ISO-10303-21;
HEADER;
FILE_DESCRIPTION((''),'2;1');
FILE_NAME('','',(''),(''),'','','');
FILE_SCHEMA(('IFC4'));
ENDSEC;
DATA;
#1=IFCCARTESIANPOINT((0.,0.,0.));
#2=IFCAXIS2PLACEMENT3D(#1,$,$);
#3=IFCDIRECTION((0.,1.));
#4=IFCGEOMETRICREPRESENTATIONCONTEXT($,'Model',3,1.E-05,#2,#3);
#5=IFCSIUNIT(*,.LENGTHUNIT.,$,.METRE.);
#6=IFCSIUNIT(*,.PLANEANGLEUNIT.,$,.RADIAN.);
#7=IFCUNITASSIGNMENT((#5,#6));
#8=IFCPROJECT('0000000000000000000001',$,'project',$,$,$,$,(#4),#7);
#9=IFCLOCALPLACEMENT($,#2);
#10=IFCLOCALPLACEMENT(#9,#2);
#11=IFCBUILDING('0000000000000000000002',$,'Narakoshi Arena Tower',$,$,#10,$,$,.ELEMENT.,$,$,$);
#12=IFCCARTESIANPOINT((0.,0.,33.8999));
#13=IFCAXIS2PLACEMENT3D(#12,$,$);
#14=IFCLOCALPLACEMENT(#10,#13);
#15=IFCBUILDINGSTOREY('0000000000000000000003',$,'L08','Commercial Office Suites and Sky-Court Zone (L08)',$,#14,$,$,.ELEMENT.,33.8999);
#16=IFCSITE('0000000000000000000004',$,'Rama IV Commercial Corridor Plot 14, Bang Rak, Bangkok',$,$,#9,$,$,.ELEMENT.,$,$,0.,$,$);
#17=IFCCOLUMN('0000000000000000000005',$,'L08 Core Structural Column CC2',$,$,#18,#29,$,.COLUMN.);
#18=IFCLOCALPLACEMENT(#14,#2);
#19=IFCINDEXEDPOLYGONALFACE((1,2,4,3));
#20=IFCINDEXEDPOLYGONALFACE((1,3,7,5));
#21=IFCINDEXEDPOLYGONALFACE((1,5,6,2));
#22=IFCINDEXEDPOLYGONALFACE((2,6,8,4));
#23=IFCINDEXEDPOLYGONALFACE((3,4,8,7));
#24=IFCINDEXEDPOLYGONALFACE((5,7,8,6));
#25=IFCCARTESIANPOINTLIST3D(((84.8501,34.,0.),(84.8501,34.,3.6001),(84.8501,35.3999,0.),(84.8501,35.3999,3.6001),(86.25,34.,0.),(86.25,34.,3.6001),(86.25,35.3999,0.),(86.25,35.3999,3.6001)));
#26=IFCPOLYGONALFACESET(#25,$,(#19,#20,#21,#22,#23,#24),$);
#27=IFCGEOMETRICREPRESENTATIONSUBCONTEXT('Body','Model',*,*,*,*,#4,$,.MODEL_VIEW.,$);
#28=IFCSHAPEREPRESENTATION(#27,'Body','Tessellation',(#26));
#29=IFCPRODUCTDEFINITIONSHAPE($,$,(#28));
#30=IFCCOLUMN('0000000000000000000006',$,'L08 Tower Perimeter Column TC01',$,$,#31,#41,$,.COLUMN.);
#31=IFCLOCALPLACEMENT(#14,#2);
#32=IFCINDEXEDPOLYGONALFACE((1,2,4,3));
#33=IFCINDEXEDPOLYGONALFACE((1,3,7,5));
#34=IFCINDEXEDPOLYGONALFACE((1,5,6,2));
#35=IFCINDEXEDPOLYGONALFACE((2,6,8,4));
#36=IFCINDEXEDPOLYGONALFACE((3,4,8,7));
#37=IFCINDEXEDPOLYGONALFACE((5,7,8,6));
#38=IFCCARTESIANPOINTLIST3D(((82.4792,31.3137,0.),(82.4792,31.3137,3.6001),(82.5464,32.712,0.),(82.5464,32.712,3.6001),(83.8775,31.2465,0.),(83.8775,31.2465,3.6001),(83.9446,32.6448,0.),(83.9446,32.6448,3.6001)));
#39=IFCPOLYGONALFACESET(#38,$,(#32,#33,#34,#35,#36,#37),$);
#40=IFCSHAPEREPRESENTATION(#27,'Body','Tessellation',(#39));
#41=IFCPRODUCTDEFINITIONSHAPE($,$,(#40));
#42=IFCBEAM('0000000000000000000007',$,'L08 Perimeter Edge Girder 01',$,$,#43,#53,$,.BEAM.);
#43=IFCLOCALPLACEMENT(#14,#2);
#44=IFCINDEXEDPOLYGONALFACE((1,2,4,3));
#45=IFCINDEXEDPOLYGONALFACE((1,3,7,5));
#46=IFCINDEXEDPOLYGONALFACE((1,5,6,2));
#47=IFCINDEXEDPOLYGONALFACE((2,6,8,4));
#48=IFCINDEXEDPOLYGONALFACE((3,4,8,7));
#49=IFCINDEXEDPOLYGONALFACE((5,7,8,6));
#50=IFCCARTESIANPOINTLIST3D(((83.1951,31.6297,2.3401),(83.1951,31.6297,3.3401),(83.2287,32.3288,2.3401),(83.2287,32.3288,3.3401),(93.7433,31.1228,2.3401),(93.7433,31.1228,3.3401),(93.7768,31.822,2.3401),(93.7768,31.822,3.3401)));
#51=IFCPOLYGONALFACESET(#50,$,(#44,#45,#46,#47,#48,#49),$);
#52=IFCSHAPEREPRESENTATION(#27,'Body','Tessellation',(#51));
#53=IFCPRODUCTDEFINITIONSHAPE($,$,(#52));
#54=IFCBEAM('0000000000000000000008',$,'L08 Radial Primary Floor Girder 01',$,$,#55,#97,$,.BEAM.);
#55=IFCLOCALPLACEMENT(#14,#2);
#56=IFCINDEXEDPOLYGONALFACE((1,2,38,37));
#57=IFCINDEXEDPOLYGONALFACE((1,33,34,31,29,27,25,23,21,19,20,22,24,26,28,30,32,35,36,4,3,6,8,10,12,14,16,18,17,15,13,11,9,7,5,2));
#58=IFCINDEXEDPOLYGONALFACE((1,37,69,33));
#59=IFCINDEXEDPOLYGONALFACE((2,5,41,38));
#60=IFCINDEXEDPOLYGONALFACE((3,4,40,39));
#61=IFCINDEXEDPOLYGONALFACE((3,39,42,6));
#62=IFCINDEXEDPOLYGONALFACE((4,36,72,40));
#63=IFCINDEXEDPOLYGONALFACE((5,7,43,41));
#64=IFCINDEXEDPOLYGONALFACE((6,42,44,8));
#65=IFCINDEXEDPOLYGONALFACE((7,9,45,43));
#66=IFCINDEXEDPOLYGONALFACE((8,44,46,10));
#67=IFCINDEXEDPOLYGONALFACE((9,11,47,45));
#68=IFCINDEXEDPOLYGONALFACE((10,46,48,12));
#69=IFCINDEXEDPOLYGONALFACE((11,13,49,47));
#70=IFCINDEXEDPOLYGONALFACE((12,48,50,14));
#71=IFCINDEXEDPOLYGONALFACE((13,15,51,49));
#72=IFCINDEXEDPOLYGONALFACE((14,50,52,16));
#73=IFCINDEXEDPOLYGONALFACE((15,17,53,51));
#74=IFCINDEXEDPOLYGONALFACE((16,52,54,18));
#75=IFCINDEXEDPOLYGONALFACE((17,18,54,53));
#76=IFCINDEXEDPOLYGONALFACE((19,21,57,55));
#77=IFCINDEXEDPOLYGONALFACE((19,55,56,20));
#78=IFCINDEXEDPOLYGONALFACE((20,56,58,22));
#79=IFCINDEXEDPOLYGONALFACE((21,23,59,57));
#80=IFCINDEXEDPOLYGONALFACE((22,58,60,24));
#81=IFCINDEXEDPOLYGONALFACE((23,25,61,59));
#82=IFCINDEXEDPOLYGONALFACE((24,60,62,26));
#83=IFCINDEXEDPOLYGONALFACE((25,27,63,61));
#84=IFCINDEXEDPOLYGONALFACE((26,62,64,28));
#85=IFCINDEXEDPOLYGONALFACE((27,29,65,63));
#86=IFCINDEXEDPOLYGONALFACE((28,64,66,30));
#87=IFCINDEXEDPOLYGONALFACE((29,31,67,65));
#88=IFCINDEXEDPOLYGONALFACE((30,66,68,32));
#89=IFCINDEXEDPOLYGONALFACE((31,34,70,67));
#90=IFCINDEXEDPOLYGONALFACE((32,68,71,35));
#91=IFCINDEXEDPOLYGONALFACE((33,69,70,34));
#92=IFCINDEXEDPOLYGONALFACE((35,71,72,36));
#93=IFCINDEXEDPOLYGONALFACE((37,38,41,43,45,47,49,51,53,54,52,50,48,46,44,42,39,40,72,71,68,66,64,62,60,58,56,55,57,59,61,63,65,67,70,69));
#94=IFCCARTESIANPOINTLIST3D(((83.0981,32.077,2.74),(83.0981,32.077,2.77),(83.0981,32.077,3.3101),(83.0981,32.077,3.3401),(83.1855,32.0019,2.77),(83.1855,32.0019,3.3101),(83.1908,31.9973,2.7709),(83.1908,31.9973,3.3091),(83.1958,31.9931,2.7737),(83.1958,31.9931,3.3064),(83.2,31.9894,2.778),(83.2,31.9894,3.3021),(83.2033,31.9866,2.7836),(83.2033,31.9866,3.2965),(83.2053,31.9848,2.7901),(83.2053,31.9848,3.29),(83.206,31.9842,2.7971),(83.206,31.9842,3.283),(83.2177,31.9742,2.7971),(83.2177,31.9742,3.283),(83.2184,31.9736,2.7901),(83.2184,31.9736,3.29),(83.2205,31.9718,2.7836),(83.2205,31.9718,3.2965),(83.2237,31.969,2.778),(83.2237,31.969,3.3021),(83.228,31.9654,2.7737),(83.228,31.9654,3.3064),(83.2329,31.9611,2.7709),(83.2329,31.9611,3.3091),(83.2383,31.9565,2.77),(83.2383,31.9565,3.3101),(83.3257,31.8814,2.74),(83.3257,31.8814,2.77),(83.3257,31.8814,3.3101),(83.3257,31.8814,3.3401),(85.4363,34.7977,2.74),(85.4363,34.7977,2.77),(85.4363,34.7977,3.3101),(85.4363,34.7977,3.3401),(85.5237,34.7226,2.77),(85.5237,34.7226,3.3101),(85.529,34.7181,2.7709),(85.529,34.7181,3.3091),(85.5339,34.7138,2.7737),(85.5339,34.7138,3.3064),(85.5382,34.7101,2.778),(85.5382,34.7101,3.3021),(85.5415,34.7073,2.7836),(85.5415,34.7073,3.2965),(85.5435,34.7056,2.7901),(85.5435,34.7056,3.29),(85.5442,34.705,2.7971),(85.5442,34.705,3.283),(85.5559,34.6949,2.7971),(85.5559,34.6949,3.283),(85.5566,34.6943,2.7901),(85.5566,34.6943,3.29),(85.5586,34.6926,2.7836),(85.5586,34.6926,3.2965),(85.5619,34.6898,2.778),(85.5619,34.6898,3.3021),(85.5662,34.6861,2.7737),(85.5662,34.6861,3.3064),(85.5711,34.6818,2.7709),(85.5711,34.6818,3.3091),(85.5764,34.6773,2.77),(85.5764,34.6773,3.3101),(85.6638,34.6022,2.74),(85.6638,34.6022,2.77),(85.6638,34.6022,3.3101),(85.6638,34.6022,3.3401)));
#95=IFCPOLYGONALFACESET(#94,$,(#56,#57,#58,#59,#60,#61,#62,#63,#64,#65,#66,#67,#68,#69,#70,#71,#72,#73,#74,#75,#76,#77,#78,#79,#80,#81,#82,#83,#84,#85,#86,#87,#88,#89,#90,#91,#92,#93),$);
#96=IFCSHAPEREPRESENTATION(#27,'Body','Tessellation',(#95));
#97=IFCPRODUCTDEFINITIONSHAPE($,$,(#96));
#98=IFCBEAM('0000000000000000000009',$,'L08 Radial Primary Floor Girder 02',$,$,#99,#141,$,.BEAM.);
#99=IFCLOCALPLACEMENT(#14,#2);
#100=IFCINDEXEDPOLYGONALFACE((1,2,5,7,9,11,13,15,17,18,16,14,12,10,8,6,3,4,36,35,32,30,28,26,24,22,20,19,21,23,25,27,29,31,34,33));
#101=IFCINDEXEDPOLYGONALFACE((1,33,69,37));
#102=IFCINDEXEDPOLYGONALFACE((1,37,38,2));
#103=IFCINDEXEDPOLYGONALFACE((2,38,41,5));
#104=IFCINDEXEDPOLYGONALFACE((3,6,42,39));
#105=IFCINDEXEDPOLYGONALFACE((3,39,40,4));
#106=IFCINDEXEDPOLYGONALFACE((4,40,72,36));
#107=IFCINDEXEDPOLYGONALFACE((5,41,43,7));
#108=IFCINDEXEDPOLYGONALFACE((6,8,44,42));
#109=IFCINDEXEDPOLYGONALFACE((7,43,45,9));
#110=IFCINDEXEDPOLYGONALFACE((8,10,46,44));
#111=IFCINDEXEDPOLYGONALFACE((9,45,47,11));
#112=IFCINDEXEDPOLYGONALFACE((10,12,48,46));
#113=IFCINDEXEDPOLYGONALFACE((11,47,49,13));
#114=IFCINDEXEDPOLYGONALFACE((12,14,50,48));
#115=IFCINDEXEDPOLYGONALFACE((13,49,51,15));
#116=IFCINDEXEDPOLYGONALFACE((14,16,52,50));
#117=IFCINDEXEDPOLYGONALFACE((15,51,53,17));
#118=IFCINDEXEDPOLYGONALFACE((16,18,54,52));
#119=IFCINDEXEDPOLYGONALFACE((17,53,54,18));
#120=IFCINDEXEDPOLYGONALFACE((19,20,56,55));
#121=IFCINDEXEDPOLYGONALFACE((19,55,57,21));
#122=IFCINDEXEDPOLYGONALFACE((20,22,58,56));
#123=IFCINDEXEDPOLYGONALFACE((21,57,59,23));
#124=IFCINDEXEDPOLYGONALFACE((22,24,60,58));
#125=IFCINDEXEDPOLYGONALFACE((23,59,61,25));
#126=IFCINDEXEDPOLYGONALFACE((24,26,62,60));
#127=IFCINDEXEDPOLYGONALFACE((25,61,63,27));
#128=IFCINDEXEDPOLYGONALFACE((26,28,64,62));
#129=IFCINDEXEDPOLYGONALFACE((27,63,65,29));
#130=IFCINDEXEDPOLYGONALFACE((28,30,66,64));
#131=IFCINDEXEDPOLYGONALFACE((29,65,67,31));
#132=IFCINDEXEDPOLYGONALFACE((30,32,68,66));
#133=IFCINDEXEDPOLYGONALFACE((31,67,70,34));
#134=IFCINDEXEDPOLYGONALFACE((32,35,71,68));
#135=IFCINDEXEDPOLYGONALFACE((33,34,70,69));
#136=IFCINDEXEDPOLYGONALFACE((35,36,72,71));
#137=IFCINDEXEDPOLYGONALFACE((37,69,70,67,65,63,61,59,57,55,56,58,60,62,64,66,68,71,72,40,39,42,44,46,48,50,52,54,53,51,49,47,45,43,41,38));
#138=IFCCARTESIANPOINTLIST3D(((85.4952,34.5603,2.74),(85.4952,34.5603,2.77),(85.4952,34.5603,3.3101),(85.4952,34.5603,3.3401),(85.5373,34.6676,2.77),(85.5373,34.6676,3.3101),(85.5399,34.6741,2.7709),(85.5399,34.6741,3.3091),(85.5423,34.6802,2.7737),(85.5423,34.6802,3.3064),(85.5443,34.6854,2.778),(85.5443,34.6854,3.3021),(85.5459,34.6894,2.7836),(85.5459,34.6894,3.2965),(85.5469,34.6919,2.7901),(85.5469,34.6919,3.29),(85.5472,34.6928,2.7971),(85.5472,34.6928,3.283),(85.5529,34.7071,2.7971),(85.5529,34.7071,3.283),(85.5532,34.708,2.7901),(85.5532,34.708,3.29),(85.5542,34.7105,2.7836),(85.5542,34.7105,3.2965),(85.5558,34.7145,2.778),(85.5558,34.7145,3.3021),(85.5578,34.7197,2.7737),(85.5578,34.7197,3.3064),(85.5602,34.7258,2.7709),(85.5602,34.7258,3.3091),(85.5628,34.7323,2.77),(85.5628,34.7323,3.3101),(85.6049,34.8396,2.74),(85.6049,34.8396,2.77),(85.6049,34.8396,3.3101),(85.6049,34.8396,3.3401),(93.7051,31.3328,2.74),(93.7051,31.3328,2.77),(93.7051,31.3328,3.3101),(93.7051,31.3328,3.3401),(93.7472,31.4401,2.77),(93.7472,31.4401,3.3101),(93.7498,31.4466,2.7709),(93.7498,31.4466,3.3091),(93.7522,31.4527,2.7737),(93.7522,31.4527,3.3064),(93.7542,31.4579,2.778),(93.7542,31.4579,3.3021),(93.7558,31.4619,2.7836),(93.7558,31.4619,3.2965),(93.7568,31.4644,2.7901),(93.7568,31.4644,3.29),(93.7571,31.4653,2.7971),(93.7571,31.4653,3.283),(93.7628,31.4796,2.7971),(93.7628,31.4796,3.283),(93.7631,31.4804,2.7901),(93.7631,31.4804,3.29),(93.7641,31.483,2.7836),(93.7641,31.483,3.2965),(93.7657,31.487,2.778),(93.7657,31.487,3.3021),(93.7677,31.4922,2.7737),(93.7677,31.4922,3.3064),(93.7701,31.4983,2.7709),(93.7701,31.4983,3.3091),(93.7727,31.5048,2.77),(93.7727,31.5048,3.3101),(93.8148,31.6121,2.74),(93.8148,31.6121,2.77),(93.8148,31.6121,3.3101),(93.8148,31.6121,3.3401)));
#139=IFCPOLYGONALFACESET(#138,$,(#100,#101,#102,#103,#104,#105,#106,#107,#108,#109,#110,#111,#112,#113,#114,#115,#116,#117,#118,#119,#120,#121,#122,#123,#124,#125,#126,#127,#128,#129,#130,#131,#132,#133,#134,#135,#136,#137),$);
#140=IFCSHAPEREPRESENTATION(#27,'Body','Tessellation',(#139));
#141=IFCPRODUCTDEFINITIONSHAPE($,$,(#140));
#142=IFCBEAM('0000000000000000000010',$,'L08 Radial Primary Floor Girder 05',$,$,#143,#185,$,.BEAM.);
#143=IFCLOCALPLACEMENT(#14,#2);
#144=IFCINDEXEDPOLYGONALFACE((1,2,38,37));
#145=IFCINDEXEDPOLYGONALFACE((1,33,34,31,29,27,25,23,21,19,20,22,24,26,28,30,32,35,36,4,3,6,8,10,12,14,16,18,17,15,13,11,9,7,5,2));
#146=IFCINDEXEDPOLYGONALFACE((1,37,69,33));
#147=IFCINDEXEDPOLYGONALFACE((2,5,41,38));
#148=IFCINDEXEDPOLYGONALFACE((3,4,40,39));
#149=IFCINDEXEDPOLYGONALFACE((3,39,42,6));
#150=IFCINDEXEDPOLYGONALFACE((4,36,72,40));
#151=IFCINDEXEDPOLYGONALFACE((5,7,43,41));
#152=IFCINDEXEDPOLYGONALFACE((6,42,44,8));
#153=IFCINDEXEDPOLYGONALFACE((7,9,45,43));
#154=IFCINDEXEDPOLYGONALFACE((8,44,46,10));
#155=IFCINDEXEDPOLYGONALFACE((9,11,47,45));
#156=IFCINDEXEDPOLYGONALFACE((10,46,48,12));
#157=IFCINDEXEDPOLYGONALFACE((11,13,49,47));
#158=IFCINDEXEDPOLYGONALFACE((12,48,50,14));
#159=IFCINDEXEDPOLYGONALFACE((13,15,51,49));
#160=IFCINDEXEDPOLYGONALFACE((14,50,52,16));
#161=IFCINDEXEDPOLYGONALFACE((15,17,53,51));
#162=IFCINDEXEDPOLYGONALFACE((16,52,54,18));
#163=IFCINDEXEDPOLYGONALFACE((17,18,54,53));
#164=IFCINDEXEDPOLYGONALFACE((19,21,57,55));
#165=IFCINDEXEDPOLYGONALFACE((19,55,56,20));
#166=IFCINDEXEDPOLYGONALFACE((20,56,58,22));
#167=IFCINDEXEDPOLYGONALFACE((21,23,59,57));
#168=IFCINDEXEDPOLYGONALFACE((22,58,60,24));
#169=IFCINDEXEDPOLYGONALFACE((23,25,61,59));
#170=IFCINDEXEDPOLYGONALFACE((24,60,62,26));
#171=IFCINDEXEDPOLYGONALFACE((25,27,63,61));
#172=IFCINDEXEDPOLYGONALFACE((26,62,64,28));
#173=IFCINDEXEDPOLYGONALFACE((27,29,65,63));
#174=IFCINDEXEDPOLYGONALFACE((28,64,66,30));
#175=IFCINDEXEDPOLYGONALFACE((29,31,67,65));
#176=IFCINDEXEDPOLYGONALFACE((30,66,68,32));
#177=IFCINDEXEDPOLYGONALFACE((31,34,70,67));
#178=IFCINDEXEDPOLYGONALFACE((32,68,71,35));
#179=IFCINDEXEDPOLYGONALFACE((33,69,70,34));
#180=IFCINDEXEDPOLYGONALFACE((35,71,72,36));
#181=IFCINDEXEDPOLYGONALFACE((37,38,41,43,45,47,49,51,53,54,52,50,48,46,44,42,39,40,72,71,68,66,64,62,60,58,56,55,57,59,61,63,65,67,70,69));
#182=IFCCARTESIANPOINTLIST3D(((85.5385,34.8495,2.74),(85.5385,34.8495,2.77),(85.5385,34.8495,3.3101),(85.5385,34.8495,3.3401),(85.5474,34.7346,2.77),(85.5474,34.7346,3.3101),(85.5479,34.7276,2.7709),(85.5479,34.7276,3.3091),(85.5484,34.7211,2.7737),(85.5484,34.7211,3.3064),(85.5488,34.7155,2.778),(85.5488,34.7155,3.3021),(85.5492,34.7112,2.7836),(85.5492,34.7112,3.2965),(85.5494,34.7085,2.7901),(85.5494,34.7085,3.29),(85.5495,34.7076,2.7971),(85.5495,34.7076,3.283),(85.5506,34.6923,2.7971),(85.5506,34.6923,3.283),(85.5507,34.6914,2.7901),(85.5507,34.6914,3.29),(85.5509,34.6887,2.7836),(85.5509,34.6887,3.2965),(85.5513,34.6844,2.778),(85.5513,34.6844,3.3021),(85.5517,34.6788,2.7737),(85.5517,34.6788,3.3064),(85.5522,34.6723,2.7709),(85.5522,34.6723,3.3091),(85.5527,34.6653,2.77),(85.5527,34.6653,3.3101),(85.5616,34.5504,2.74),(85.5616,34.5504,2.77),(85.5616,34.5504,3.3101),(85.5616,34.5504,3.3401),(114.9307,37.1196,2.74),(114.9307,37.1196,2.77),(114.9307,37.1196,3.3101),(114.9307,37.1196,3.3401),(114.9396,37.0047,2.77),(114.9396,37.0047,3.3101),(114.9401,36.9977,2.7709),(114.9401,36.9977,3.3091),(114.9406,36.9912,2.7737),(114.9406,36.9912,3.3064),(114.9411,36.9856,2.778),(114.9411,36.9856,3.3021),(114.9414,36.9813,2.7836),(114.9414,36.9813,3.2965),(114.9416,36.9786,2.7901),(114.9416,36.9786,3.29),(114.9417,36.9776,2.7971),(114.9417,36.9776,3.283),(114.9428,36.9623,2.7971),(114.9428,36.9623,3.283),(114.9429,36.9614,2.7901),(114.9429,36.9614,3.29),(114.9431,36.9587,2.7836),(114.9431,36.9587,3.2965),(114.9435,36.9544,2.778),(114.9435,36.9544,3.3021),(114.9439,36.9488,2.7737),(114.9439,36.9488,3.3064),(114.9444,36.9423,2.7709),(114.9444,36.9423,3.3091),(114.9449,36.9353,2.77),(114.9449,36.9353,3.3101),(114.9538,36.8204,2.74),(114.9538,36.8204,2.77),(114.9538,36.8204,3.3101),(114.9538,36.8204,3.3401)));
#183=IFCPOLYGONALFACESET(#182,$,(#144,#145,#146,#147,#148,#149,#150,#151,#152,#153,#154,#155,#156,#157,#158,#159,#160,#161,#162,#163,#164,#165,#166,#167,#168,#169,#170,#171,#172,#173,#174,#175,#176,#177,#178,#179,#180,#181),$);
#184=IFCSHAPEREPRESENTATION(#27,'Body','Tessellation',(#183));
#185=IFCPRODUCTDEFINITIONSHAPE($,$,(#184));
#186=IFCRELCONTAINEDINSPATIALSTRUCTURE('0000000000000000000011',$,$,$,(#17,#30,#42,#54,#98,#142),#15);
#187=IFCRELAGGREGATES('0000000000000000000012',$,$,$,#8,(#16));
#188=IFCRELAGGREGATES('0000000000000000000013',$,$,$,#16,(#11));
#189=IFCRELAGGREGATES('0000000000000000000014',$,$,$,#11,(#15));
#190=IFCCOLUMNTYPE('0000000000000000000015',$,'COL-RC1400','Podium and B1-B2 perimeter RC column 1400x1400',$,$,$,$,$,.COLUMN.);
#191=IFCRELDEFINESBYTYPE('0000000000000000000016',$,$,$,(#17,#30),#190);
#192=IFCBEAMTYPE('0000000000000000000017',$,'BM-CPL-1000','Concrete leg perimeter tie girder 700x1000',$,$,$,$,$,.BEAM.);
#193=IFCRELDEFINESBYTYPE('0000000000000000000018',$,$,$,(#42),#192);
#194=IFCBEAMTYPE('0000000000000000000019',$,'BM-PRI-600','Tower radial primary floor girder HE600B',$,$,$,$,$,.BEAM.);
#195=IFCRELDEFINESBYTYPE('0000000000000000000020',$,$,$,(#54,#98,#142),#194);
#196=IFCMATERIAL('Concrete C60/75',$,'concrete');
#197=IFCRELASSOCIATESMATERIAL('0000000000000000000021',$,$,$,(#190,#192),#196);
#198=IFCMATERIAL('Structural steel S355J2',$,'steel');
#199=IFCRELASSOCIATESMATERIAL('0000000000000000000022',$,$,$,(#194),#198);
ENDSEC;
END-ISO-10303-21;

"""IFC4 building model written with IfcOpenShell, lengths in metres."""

from ifc_helpers import new_model, si_unit, direction, frame, origin, origin_2d, place, context, subcontext, project, spatial, rectangle, i_section, extrude, material, material_profile, profile_set, type_object, element, save


model = new_model("IFC4")

# Units and contexts
model_context = context("Model", 3, precision=1e-05, world=origin(), true_north=direction((0.0, 1.0)))
body_context = subcontext(model_context, "Body", "Model", "MODEL_VIEW")
ifc_project = project(units=[si_unit("LENGTHUNIT", "METRE"), si_unit("PLANEANGLEUNIT", "RADIAN")], contexts=[model_context])

# Site, building, storey
site_placement = place(None, origin())
site = spatial("IfcSite", under=ifc_project, at=site_placement, Name="Rama IV Commercial Corridor Plot 14, Bang Rak, Bangkok", CompositionType="ELEMENT", RefElevation=0.0)
building_placement = place(site_placement, origin())
building = spatial("IfcBuilding", under=site, at=building_placement, Name="Narakoshi Arena Tower", CompositionType="ELEMENT")
storey_placement = place(building_placement, frame((0.0, 0.0, 33.8999)))
storey = spatial("IfcBuildingStorey", under=building, at=storey_placement, Name="L08", Description="Commercial Office Suites and Sky-Court Zone (L08)", CompositionType="ELEMENT", Elevation=33.8999)

# Columns
ifc_material_1 = material(Name="Concrete C60/75", Category="concrete")
ifc_material_profile_1 = material_profile(ifc_material_1, rectangle(XDim=1.3999, YDim=1.3999, at=origin_2d()), Name="RC1400x1400")
ifc_profile_set_1 = profile_set([ifc_material_profile_1], Name="Concrete C60/75")
column_type = type_object("IfcColumnType", Name="COL-RC1400", Description="Podium and B1-B2 perimeter RC column 1400x1400", PredefinedType="COLUMN", material=ifc_profile_set_1)
for number, where, z_axis, x_axis, name in (
    (1, (85.55, 34.7, 0.0), (0.0, 0.0, 1.0), (1.0, 0.0, 0.0), "L08 Core Structural Column CC2"),
    (2, (83.2119, 31.9792, 0.0), (0.0, 0.0, 1.0), (-0.998848, 0.047978, 0.0), "L08 Tower Perimeter Column TC01"),
):
    element("IfcColumn", number, at=place(storey_placement, frame(where, z_axis=z_axis, x_axis=x_axis)), inside=storey, type_object=column_type, Name=name, PredefinedType="COLUMN", context=body_context, shape_type="SweptSolid", body=[
        extrude(rectangle(XDim=1.3999, YDim=1.3999, at=origin_2d()), origin(), (0.0, 0.0, 1.0), 3.6001),
    ])

# Beams
ifc_material_profile_2 = material_profile(ifc_material_1, rectangle(XDim=0.7, YDim=1.0, at=origin_2d()), Name="RCB700x1000")
ifc_profile_set_2 = profile_set([ifc_material_profile_2], Name="Concrete C60/75")
beam_type_1 = type_object("IfcBeamType", Name="BM-CPL-1000", Description="Concrete leg perimeter tie girder 700x1000", PredefinedType="BEAM", material=ifc_profile_set_2)
beam_1_placement = place(storey_placement, frame((83.2119, 31.9792, 2.8401), z_axis=(0.998848, -0.047995, 0.0), x_axis=(0.047995, 0.998848, 0.0)))
element("IfcBeam", 3, at=beam_1_placement, inside=storey, type_object=beam_type_1, Name="L08 Perimeter Edge Girder 01", PredefinedType="BEAM", context=body_context, shape_type="SweptSolid", body=[
    extrude(rectangle(XDim=0.7, YDim=1.0, at=origin_2d()), origin(), (0.0, 0.0, 1.0), 10.5603),
])
ifc_material_2 = material(Name="Structural steel S355J2", Category="steel")
ifc_material_profile_3 = material_profile(ifc_material_2, i_section(OverallWidth=0.3, OverallDepth=0.6001, WebThickness=0.0154, FlangeThickness=0.03, FilletRadius=0.0271, at=origin_2d()), Name="HE600B")
ifc_profile_set_3 = profile_set([ifc_material_profile_3], Name="Structural steel S355J2")
beam_type_2 = type_object("IfcBeamType", Name="BM-PRI-600", Description="Tower radial primary floor girder HE600B", PredefinedType="BEAM", material=ifc_profile_set_3)
beam_2_placement = place(storey_placement, frame((85.55, 34.7, 3.04), z_axis=(-0.651772, -0.758415, 0.0), x_axis=(0.758415, -0.651772, 0.0)))
element("IfcBeam", 4, at=beam_2_placement, inside=storey, type_object=beam_type_2, Name="L08 Radial Primary Floor Girder 01", PredefinedType="BEAM", context=body_context, shape_type="SweptSolid", body=[
    extrude(i_section(OverallWidth=0.3, OverallDepth=0.6001, WebThickness=0.0154, FlangeThickness=0.03, FilletRadius=0.0271, at=origin_2d()), origin(), (0.0, 0.0, 1.0), 3.5874),
])
beam_3_placement = place(storey_placement, frame((85.55, 34.7, 3.04), z_axis=(0.930667, -0.365868, 0.0), x_axis=(0.365868, 0.930667, 0.0)))
element("IfcBeam", 5, at=beam_3_placement, inside=storey, type_object=beam_type_2, Name="L08 Radial Primary Floor Girder 02", PredefinedType="BEAM", context=body_context, shape_type="SweptSolid", body=[
    extrude(i_section(OverallWidth=0.3, OverallDepth=0.6001, WebThickness=0.0154, FlangeThickness=0.03, FilletRadius=0.0271, at=origin_2d()), origin(), (0.0, 0.0, 1.0), 8.8215),
])
beam_4_placement = place(storey_placement, frame((85.55, 34.7, 3.04), z_axis=(0.997031, 0.077003, 0.0), x_axis=(-0.077003, 0.997031, 0.0)))
element("IfcBeam", 6, at=beam_4_placement, inside=storey, type_object=beam_type_2, Name="L08 Radial Primary Floor Girder 05", PredefinedType="BEAM", context=body_context, shape_type="SweptSolid", body=[
    extrude(i_section(OverallWidth=0.3, OverallDepth=0.6001, WebThickness=0.0154, FlangeThickness=0.03, FilletRadius=0.0271, at=origin_2d()), origin(), (0.0, 0.0, 1.0), 29.4797),
])

save(model, "model.ifc")
